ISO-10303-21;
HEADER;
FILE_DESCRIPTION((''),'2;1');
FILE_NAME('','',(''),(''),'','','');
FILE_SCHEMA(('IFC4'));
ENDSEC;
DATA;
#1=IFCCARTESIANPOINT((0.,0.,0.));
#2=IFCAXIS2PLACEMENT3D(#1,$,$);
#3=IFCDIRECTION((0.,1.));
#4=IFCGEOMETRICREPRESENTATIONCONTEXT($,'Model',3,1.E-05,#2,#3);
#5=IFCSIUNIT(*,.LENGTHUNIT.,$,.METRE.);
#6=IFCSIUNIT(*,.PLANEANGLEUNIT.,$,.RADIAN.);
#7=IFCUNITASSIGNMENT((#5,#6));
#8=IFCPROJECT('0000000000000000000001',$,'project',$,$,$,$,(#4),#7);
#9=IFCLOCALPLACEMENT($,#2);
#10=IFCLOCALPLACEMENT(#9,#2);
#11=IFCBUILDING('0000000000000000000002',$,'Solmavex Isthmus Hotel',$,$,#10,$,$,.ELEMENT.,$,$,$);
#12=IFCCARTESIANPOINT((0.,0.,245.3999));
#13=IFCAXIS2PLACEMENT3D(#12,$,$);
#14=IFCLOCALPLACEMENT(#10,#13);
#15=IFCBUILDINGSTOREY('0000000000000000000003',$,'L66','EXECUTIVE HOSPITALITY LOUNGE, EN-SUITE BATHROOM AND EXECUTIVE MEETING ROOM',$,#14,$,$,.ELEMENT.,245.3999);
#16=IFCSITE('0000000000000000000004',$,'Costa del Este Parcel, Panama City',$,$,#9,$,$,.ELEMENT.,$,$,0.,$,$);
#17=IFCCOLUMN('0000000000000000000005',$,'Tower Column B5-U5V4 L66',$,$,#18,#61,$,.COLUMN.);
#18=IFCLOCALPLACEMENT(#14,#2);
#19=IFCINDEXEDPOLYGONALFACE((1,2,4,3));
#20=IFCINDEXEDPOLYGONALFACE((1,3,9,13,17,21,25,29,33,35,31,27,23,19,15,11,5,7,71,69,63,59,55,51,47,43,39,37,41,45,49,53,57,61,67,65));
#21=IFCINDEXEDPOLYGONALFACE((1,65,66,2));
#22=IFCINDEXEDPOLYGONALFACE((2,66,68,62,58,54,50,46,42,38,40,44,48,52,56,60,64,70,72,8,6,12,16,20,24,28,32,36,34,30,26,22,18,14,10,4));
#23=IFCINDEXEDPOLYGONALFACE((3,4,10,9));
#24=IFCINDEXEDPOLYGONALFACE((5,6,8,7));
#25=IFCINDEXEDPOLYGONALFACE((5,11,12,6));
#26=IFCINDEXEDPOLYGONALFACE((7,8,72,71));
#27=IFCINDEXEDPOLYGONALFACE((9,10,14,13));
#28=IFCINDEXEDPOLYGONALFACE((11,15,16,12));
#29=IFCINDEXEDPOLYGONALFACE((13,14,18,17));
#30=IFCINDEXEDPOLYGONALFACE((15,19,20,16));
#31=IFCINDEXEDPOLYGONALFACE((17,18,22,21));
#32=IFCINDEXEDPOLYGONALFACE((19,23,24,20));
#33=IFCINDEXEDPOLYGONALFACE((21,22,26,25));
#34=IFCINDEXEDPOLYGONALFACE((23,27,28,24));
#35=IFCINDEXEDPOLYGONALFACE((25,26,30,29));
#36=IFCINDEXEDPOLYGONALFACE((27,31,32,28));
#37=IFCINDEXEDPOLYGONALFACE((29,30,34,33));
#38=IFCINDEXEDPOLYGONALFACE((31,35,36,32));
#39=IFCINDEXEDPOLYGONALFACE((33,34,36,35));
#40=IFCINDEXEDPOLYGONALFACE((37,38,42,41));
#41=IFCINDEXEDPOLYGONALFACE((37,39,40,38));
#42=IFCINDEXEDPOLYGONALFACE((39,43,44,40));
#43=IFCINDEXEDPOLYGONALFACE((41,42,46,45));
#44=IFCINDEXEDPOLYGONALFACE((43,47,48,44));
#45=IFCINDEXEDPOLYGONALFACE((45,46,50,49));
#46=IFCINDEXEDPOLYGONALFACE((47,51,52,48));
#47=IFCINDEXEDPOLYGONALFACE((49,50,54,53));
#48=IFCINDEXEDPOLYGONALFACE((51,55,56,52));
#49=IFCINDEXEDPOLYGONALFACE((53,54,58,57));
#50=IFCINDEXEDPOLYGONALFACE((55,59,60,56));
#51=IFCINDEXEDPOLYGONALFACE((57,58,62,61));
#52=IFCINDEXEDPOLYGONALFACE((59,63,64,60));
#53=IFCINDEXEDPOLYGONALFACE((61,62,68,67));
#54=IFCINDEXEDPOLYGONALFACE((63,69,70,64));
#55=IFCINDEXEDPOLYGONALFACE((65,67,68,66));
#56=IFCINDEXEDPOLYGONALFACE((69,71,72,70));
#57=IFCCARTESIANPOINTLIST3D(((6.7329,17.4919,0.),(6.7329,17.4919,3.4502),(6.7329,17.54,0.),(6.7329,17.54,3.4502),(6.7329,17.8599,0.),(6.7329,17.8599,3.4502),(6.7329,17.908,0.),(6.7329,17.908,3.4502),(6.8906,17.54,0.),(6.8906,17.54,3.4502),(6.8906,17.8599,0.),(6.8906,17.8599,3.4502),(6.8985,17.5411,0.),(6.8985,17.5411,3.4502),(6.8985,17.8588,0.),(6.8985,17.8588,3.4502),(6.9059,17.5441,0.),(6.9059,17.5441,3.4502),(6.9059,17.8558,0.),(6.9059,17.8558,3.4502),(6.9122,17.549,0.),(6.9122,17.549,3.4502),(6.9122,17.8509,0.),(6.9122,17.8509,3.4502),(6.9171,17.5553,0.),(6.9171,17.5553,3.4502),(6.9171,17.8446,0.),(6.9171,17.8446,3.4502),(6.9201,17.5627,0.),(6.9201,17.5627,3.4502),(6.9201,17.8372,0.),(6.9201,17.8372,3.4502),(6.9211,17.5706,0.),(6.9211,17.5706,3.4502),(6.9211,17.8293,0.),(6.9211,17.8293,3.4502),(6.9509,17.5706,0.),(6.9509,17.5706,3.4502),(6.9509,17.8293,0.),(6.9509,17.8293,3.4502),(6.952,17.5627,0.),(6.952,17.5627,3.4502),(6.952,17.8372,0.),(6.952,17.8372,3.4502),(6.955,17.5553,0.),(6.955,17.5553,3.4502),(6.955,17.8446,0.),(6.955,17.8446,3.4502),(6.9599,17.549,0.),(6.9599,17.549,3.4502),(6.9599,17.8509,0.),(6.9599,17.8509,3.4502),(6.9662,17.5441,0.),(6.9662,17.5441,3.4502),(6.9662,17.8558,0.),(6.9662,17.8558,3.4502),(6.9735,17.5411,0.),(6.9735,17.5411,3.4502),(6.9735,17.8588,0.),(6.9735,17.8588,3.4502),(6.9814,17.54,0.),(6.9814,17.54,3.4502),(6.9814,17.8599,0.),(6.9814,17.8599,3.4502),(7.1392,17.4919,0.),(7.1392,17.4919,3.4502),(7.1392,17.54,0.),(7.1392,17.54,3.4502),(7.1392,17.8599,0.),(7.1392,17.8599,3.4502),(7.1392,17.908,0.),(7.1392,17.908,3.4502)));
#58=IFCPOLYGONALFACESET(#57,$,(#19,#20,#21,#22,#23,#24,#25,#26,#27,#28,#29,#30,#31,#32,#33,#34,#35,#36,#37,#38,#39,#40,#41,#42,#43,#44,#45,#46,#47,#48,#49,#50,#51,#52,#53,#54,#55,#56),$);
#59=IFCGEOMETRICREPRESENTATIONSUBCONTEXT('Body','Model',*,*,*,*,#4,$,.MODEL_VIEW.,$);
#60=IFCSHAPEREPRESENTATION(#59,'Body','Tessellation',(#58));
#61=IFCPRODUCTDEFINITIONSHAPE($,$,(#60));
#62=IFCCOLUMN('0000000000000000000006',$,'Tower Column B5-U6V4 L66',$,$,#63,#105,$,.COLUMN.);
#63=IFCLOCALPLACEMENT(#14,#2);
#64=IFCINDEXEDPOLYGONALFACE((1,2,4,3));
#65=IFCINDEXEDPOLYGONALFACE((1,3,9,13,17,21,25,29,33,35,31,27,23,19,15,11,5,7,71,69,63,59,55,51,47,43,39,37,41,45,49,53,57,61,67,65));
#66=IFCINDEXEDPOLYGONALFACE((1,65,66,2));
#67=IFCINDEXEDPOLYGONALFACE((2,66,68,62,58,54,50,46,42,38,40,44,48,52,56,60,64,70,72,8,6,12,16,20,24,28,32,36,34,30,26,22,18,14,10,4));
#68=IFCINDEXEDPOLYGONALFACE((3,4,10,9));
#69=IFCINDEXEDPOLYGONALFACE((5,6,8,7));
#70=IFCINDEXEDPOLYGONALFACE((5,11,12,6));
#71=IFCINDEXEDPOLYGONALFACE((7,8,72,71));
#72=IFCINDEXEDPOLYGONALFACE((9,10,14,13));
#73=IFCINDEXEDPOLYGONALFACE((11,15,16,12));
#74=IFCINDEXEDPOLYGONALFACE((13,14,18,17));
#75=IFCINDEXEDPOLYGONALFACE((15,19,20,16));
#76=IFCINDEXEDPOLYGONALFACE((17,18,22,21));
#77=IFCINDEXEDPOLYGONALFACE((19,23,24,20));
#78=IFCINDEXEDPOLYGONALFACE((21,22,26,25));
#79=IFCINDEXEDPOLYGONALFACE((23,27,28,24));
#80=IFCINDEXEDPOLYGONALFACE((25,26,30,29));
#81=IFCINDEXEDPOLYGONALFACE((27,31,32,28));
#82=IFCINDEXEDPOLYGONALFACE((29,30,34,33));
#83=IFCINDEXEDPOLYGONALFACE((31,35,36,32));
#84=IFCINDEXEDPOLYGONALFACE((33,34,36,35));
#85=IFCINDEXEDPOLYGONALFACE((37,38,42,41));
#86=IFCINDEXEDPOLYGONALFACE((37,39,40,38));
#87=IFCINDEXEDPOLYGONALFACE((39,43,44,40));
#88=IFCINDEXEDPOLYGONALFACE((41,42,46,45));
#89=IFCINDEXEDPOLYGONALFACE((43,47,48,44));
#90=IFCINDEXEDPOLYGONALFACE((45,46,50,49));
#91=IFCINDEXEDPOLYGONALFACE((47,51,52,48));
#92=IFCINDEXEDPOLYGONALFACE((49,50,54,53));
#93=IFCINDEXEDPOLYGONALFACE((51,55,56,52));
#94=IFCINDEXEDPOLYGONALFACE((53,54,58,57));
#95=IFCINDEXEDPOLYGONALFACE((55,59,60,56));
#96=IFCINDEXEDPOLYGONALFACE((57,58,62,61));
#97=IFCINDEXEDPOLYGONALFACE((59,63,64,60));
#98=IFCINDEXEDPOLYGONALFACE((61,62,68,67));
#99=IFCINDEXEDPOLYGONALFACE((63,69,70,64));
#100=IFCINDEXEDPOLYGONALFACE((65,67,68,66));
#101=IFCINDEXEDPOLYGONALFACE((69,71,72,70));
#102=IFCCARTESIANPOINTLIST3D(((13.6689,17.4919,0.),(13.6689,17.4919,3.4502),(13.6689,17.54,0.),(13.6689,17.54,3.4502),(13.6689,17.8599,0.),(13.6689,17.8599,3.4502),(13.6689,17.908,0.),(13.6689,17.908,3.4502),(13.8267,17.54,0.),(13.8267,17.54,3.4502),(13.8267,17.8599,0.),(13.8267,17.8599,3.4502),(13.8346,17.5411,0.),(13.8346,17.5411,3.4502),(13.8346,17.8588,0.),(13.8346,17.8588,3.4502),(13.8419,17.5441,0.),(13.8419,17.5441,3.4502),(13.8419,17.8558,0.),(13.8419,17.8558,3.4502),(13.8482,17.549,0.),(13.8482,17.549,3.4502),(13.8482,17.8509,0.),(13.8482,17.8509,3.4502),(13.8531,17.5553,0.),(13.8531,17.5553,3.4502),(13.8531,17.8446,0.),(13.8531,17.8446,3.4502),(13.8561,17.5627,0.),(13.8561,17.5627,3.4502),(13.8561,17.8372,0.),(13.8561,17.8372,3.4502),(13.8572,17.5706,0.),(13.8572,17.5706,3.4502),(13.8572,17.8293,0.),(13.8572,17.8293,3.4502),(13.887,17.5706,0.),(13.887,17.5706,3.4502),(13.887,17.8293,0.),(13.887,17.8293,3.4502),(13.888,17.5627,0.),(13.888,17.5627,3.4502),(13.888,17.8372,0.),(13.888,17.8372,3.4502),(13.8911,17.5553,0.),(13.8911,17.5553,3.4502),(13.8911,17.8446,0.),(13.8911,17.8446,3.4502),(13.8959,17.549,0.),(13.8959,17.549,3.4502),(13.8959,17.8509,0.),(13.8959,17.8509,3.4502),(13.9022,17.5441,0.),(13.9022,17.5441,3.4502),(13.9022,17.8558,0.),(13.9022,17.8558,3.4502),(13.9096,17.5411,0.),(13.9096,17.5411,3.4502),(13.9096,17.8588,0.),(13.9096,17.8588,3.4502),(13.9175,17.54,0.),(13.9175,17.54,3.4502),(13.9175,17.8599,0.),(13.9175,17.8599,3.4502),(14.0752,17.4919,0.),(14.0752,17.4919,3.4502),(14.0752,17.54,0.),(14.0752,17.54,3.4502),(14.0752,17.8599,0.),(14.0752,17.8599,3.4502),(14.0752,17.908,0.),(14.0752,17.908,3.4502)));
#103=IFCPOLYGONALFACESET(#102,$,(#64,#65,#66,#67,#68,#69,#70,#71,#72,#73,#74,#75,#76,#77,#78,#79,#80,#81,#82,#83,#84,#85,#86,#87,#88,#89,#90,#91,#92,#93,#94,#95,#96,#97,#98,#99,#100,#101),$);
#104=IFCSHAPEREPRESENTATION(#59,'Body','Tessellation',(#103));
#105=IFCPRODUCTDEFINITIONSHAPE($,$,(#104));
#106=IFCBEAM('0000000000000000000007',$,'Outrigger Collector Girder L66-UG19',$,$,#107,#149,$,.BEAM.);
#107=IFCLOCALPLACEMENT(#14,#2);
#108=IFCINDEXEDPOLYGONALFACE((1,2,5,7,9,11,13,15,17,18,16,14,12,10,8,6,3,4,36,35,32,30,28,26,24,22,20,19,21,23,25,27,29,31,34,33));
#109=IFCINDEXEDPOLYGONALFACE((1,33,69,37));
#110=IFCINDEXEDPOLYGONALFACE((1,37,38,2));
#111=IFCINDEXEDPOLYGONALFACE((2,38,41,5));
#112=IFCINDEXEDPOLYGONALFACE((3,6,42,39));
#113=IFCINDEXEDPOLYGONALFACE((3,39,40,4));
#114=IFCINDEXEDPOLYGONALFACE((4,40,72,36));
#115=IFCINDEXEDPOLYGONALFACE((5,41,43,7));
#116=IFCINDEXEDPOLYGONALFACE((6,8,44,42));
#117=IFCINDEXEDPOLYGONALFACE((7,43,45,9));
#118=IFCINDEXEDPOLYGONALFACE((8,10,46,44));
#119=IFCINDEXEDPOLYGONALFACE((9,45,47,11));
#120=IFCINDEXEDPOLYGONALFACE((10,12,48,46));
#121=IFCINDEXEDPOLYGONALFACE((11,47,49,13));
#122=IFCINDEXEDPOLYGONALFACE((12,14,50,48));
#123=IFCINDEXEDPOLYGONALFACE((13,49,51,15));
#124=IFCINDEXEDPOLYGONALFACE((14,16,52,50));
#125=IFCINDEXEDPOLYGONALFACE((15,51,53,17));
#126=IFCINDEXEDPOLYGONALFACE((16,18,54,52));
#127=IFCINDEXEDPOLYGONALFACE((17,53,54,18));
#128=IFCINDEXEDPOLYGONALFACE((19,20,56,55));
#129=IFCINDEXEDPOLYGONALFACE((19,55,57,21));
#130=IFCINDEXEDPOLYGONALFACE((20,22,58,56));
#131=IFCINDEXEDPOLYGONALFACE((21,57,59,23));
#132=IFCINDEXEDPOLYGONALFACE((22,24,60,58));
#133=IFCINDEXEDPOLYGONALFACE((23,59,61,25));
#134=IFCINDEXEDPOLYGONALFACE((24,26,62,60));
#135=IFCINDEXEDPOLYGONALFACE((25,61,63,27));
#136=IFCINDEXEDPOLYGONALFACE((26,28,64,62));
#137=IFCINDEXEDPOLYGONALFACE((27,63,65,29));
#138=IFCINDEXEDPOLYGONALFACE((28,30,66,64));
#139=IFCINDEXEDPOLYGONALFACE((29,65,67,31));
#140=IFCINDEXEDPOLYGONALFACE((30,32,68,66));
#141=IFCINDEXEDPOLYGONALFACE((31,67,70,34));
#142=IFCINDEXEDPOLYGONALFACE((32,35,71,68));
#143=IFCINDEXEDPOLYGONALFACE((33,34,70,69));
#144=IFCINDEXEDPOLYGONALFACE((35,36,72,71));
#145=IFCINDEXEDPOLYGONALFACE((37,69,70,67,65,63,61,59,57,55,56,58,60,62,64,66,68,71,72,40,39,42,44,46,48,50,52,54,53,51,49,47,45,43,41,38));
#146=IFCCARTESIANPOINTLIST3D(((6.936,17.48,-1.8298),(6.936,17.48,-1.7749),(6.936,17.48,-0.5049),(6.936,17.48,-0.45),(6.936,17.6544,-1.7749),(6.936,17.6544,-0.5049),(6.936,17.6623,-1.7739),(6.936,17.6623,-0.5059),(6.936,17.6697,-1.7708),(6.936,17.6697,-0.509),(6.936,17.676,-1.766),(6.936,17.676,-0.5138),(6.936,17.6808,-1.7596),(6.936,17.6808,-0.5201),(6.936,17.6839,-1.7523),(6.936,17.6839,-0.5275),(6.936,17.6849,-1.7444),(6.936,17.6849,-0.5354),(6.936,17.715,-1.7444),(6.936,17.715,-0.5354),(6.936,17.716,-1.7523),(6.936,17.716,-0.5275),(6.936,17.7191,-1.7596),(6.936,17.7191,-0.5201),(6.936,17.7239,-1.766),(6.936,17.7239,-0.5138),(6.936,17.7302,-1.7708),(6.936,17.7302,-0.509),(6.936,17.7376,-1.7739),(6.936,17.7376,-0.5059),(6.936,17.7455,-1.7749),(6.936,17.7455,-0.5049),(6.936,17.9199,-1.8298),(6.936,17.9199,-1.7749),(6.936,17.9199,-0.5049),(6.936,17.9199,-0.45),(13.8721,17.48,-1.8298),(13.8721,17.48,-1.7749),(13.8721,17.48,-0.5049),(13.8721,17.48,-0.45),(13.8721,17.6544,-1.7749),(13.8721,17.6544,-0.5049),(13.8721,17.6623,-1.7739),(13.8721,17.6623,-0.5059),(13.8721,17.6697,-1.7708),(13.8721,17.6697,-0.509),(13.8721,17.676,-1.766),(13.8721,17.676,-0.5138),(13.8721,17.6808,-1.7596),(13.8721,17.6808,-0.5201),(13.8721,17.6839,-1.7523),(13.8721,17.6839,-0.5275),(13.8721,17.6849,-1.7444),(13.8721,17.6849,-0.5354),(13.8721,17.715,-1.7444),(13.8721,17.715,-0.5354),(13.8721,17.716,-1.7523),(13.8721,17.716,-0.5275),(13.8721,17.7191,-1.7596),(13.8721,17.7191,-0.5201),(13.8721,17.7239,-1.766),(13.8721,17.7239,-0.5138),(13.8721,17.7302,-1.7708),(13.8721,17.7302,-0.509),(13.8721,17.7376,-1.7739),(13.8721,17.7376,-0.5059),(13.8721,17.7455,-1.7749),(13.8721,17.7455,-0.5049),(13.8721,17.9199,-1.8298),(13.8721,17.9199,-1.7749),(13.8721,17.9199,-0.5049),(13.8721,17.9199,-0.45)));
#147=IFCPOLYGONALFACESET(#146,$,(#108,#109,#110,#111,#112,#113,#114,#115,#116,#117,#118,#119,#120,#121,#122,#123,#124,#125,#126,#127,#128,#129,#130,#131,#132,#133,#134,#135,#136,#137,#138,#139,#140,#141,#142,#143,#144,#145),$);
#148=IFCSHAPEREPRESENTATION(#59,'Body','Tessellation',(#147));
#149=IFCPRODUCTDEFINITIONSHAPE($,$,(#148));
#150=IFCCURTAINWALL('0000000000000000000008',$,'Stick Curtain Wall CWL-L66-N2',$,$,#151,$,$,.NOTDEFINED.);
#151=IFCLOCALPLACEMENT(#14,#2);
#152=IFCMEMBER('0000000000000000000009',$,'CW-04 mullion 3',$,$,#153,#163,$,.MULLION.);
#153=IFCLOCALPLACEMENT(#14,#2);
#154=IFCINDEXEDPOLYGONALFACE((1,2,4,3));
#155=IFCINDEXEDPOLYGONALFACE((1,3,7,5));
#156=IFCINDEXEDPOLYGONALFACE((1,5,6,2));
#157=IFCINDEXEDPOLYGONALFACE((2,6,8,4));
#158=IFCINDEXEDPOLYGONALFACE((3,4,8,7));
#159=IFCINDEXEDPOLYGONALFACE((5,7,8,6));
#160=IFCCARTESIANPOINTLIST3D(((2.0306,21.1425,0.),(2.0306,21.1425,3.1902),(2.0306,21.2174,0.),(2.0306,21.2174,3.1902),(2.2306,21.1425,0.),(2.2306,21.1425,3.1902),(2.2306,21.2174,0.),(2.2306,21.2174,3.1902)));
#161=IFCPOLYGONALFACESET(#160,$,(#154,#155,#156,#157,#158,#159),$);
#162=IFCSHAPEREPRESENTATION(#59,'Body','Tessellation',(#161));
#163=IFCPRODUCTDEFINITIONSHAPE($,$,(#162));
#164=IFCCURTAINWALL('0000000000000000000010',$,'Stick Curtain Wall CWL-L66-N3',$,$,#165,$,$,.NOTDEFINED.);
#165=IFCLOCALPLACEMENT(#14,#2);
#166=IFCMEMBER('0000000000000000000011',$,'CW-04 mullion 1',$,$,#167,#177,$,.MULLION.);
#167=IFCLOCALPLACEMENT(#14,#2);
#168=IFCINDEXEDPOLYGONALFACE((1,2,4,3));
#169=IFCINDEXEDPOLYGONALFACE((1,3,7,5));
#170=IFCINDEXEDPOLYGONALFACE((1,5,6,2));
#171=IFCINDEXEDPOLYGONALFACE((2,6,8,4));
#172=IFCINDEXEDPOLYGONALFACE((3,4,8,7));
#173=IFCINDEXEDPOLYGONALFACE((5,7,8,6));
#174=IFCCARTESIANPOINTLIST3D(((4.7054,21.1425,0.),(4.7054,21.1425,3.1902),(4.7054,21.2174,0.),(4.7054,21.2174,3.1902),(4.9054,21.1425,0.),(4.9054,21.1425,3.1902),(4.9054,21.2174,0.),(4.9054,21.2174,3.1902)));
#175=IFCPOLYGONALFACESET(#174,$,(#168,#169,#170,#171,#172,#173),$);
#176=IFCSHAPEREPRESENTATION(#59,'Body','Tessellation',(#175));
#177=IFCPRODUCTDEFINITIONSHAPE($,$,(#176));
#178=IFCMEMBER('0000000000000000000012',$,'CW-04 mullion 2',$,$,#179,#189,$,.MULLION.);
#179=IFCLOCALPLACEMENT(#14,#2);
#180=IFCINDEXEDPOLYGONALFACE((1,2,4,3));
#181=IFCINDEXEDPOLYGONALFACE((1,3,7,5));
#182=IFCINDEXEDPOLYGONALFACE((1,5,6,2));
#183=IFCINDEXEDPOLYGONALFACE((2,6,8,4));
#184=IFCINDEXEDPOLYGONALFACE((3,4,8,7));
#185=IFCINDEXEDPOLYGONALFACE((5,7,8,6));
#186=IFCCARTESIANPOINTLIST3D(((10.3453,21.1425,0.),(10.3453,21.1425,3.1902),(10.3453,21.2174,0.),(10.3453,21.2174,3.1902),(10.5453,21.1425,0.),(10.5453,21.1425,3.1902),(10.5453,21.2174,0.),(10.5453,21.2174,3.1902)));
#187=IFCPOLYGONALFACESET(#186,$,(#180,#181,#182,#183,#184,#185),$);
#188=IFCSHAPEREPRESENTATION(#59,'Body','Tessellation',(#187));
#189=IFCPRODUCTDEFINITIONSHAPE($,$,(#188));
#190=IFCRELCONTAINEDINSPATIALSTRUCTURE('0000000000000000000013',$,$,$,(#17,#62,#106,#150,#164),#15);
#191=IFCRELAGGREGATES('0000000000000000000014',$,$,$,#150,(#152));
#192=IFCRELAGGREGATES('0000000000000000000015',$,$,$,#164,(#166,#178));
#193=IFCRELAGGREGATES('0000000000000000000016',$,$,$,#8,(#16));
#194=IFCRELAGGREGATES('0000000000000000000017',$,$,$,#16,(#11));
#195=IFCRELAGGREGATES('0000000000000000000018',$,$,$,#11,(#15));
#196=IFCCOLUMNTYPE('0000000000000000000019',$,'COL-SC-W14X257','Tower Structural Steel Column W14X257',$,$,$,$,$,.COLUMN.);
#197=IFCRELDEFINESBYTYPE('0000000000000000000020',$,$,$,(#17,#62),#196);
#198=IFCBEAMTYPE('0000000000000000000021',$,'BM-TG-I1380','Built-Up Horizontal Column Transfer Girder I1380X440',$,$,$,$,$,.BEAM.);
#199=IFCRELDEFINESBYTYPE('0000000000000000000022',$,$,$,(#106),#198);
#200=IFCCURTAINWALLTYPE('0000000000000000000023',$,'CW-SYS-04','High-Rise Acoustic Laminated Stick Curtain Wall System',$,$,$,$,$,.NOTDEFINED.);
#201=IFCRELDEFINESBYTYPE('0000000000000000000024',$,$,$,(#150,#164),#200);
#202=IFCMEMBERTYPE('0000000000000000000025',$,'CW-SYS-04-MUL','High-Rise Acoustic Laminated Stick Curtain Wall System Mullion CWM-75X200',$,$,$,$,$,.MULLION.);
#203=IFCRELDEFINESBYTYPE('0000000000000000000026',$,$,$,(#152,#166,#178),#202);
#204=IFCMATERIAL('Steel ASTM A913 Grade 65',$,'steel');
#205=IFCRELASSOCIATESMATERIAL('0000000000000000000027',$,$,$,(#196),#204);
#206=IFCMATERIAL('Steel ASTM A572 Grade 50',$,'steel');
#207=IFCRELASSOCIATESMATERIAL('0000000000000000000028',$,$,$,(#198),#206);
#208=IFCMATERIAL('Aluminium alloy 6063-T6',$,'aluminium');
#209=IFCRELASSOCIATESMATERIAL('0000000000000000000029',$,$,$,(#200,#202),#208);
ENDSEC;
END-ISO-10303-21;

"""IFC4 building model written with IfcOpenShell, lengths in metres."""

from ifc_helpers import new_model, si_unit, direction, frame, origin, origin_2d, place, context, subcontext, project, spatial, rectangle, i_section, extrude, material, material_profile, profile_set, type_object, element, aggregate, save


model = new_model("IFC4")

# Units and contexts
model_context = context("Model", 3, precision=1e-05, world=origin(), true_north=direction((0.0, 1.0)))
body_context = subcontext(model_context, "Body", "Model", "MODEL_VIEW")
ifc_project = project(units=[si_unit("LENGTHUNIT", "METRE"), si_unit("PLANEANGLEUNIT", "RADIAN")], contexts=[model_context])

# Site, building, storey
site_placement = place(None, origin())
site = spatial("IfcSite", under=ifc_project, at=site_placement, Name="Costa del Este Parcel, Panama City", CompositionType="ELEMENT", RefElevation=0.0)
building_placement = place(site_placement, origin())
building = spatial("IfcBuilding", under=site, at=building_placement, Name="Solmavex Isthmus Hotel", CompositionType="ELEMENT")
storey_placement = place(building_placement, frame((0.0, 0.0, 245.3999)))
storey = spatial("IfcBuildingStorey", under=building, at=storey_placement, Name="L66", Description="EXECUTIVE HOSPITALITY LOUNGE, EN-SUITE BATHROOM AND EXECUTIVE MEETING ROOM", CompositionType="ELEMENT", Elevation=245.3999)

# Columns
ifc_material_1 = material(Name="Steel ASTM A913 Grade 65", Category="steel")
ifc_material_profile_1 = material_profile(ifc_material_1, i_section(OverallWidth=0.4062, OverallDepth=0.416, WebThickness=0.0298, FlangeThickness=0.0481, FilletRadius=0.0305, at=origin_2d()), Name="W14X257")
ifc_profile_set_1 = profile_set([ifc_material_profile_1], Name="Steel ASTM A913 Grade 65")
column_type = type_object("IfcColumnType", Name="COL-SC-W14X257", Description="Tower Structural Steel Column W14X257", PredefinedType="COLUMN", material=ifc_profile_set_1)
for number, where, z_axis, x_axis, name in (
    (1, (6.936, 17.7, 0.0), (0.0, 0.0, 1.0), (1.0, 0.0, 0.0), "Tower Column B5-U5V4 L66"),
    (2, (13.8721, 17.7, 0.0), (0.0, 0.0, 1.0), (1.0, 0.0, 0.0), "Tower Column B5-U6V4 L66"),
):
    element("IfcColumn", number, at=place(storey_placement, frame(where, z_axis=z_axis, x_axis=x_axis)), inside=storey, type_object=column_type, Name=name, PredefinedType="COLUMN", context=body_context, shape_type="SweptSolid", body=[
        extrude(i_section(OverallWidth=0.4062, OverallDepth=0.416, WebThickness=0.0298, FlangeThickness=0.0481, FilletRadius=0.0305, at=origin_2d()), origin(), (0.0, 0.0, 1.0), 3.4502),
    ])

# Beam
ifc_material_2 = material(Name="Steel ASTM A572 Grade 50", Category="steel")
ifc_material_profile_2 = material_profile(ifc_material_2, i_section(OverallWidth=0.4399, OverallDepth=1.3799, WebThickness=0.03, FlangeThickness=0.0549, FilletRadius=0.0305, at=origin_2d()), Name="I1380X440")
ifc_profile_set_2 = profile_set([ifc_material_profile_2], Name="Steel ASTM A572 Grade 50")
beam_type = type_object("IfcBeamType", Name="BM-TG-I1380", Description="Built-Up Horizontal Column Transfer Girder I1380X440", PredefinedType="BEAM", material=ifc_profile_set_2)
beam_placement = place(storey_placement, frame((6.936, 17.7, -1.1399), z_axis=(1.0, 0.0, 0.0), x_axis=(0.0, 1.0, 0.0)))
element("IfcBeam", 3, at=beam_placement, inside=storey, type_object=beam_type, Name="Outrigger Collector Girder L66-UG19", PredefinedType="BEAM", context=body_context, shape_type="SweptSolid", body=[
    extrude(i_section(OverallWidth=0.4399, OverallDepth=1.3799, WebThickness=0.03, FlangeThickness=0.0549, FilletRadius=0.0305, at=origin_2d()), origin(), (0.0, 0.0, 1.0), 6.936),
])

# Curtain wall, member
ifc_material_3 = material(Name="Aluminium alloy 6063-T6", Category="aluminium")
curtain_wall_type = type_object("IfcCurtainWallType", Name="CW-SYS-04", Description="High-Rise Acoustic Laminated Stick Curtain Wall System", PredefinedType="NOTDEFINED", material=ifc_material_3)
curtain_wall_1_placement = place(storey_placement, origin())
curtain_wall_1 = element("IfcCurtainWall", 4, at=curtain_wall_1_placement, inside=storey, type_object=curtain_wall_type, Name="Stick Curtain Wall CWL-L66-N2", PredefinedType="NOTDEFINED")
ifc_material_profile_3 = material_profile(ifc_material_3, rectangle(XDim=0.075, YDim=0.2, at=origin_2d()), Name="CWM-75X200")
ifc_profile_set_3 = profile_set([ifc_material_profile_3], Name="Aluminium alloy 6063-T6")
member_type_1 = type_object("IfcMemberType", Name="CW-SYS-04-MUL", Description="High-Rise Acoustic Laminated Stick Curtain Wall System Mullion CWM-75X200", PredefinedType="MULLION", material=ifc_profile_set_3)
member_1_placement = place(storey_placement, frame((2.1306, 21.1799, 0.0), z_axis=(0.0, 0.0, 1.0), x_axis=(0.0, 1.0, 0.0)))
member_1 = element("IfcMember", 5, at=member_1_placement, type_object=member_type_1, Name="CW-04 mullion 3", PredefinedType="MULLION", context=body_context, shape_type="SweptSolid", body=[
    extrude(rectangle(XDim=0.075, YDim=0.2, at=origin_2d()), origin(), (0.0, 0.0, 1.0), 3.1902),
])
aggregate(curtain_wall_1, [member_1])

# Curtain wall, members
curtain_wall_2_placement = place(storey_placement, origin())
curtain_wall_2 = element("IfcCurtainWall", 6, at=curtain_wall_2_placement, inside=storey, type_object=curtain_wall_type, Name="Stick Curtain Wall CWL-L66-N3", PredefinedType="NOTDEFINED")
member_2_placement = place(storey_placement, frame((4.8054, 21.1799, 0.0), z_axis=(0.0, 0.0, 1.0), x_axis=(0.0, 1.0, 0.0)))
member_2 = element("IfcMember", 7, at=member_2_placement, type_object=member_type_1, Name="CW-04 mullion 1", PredefinedType="MULLION", context=body_context, shape_type="SweptSolid", body=[
    extrude(rectangle(XDim=0.075, YDim=0.2, at=origin_2d()), origin(), (0.0, 0.0, 1.0), 3.1902),
])
member_3_placement = place(storey_placement, frame((10.4453, 21.1799, 0.0), z_axis=(0.0, 0.0, 1.0), x_axis=(0.0, 1.0, 0.0)))
member_3 = element("IfcMember", 8, at=member_3_placement, type_object=member_type_1, Name="CW-04 mullion 2", PredefinedType="MULLION", context=body_context, shape_type="SweptSolid", body=[
    extrude(rectangle(XDim=0.075, YDim=0.2, at=origin_2d()), origin(), (0.0, 0.0, 1.0), 3.1902),
])
aggregate(curtain_wall_2, [member_2, member_3])

save(model, "model.ifc")
